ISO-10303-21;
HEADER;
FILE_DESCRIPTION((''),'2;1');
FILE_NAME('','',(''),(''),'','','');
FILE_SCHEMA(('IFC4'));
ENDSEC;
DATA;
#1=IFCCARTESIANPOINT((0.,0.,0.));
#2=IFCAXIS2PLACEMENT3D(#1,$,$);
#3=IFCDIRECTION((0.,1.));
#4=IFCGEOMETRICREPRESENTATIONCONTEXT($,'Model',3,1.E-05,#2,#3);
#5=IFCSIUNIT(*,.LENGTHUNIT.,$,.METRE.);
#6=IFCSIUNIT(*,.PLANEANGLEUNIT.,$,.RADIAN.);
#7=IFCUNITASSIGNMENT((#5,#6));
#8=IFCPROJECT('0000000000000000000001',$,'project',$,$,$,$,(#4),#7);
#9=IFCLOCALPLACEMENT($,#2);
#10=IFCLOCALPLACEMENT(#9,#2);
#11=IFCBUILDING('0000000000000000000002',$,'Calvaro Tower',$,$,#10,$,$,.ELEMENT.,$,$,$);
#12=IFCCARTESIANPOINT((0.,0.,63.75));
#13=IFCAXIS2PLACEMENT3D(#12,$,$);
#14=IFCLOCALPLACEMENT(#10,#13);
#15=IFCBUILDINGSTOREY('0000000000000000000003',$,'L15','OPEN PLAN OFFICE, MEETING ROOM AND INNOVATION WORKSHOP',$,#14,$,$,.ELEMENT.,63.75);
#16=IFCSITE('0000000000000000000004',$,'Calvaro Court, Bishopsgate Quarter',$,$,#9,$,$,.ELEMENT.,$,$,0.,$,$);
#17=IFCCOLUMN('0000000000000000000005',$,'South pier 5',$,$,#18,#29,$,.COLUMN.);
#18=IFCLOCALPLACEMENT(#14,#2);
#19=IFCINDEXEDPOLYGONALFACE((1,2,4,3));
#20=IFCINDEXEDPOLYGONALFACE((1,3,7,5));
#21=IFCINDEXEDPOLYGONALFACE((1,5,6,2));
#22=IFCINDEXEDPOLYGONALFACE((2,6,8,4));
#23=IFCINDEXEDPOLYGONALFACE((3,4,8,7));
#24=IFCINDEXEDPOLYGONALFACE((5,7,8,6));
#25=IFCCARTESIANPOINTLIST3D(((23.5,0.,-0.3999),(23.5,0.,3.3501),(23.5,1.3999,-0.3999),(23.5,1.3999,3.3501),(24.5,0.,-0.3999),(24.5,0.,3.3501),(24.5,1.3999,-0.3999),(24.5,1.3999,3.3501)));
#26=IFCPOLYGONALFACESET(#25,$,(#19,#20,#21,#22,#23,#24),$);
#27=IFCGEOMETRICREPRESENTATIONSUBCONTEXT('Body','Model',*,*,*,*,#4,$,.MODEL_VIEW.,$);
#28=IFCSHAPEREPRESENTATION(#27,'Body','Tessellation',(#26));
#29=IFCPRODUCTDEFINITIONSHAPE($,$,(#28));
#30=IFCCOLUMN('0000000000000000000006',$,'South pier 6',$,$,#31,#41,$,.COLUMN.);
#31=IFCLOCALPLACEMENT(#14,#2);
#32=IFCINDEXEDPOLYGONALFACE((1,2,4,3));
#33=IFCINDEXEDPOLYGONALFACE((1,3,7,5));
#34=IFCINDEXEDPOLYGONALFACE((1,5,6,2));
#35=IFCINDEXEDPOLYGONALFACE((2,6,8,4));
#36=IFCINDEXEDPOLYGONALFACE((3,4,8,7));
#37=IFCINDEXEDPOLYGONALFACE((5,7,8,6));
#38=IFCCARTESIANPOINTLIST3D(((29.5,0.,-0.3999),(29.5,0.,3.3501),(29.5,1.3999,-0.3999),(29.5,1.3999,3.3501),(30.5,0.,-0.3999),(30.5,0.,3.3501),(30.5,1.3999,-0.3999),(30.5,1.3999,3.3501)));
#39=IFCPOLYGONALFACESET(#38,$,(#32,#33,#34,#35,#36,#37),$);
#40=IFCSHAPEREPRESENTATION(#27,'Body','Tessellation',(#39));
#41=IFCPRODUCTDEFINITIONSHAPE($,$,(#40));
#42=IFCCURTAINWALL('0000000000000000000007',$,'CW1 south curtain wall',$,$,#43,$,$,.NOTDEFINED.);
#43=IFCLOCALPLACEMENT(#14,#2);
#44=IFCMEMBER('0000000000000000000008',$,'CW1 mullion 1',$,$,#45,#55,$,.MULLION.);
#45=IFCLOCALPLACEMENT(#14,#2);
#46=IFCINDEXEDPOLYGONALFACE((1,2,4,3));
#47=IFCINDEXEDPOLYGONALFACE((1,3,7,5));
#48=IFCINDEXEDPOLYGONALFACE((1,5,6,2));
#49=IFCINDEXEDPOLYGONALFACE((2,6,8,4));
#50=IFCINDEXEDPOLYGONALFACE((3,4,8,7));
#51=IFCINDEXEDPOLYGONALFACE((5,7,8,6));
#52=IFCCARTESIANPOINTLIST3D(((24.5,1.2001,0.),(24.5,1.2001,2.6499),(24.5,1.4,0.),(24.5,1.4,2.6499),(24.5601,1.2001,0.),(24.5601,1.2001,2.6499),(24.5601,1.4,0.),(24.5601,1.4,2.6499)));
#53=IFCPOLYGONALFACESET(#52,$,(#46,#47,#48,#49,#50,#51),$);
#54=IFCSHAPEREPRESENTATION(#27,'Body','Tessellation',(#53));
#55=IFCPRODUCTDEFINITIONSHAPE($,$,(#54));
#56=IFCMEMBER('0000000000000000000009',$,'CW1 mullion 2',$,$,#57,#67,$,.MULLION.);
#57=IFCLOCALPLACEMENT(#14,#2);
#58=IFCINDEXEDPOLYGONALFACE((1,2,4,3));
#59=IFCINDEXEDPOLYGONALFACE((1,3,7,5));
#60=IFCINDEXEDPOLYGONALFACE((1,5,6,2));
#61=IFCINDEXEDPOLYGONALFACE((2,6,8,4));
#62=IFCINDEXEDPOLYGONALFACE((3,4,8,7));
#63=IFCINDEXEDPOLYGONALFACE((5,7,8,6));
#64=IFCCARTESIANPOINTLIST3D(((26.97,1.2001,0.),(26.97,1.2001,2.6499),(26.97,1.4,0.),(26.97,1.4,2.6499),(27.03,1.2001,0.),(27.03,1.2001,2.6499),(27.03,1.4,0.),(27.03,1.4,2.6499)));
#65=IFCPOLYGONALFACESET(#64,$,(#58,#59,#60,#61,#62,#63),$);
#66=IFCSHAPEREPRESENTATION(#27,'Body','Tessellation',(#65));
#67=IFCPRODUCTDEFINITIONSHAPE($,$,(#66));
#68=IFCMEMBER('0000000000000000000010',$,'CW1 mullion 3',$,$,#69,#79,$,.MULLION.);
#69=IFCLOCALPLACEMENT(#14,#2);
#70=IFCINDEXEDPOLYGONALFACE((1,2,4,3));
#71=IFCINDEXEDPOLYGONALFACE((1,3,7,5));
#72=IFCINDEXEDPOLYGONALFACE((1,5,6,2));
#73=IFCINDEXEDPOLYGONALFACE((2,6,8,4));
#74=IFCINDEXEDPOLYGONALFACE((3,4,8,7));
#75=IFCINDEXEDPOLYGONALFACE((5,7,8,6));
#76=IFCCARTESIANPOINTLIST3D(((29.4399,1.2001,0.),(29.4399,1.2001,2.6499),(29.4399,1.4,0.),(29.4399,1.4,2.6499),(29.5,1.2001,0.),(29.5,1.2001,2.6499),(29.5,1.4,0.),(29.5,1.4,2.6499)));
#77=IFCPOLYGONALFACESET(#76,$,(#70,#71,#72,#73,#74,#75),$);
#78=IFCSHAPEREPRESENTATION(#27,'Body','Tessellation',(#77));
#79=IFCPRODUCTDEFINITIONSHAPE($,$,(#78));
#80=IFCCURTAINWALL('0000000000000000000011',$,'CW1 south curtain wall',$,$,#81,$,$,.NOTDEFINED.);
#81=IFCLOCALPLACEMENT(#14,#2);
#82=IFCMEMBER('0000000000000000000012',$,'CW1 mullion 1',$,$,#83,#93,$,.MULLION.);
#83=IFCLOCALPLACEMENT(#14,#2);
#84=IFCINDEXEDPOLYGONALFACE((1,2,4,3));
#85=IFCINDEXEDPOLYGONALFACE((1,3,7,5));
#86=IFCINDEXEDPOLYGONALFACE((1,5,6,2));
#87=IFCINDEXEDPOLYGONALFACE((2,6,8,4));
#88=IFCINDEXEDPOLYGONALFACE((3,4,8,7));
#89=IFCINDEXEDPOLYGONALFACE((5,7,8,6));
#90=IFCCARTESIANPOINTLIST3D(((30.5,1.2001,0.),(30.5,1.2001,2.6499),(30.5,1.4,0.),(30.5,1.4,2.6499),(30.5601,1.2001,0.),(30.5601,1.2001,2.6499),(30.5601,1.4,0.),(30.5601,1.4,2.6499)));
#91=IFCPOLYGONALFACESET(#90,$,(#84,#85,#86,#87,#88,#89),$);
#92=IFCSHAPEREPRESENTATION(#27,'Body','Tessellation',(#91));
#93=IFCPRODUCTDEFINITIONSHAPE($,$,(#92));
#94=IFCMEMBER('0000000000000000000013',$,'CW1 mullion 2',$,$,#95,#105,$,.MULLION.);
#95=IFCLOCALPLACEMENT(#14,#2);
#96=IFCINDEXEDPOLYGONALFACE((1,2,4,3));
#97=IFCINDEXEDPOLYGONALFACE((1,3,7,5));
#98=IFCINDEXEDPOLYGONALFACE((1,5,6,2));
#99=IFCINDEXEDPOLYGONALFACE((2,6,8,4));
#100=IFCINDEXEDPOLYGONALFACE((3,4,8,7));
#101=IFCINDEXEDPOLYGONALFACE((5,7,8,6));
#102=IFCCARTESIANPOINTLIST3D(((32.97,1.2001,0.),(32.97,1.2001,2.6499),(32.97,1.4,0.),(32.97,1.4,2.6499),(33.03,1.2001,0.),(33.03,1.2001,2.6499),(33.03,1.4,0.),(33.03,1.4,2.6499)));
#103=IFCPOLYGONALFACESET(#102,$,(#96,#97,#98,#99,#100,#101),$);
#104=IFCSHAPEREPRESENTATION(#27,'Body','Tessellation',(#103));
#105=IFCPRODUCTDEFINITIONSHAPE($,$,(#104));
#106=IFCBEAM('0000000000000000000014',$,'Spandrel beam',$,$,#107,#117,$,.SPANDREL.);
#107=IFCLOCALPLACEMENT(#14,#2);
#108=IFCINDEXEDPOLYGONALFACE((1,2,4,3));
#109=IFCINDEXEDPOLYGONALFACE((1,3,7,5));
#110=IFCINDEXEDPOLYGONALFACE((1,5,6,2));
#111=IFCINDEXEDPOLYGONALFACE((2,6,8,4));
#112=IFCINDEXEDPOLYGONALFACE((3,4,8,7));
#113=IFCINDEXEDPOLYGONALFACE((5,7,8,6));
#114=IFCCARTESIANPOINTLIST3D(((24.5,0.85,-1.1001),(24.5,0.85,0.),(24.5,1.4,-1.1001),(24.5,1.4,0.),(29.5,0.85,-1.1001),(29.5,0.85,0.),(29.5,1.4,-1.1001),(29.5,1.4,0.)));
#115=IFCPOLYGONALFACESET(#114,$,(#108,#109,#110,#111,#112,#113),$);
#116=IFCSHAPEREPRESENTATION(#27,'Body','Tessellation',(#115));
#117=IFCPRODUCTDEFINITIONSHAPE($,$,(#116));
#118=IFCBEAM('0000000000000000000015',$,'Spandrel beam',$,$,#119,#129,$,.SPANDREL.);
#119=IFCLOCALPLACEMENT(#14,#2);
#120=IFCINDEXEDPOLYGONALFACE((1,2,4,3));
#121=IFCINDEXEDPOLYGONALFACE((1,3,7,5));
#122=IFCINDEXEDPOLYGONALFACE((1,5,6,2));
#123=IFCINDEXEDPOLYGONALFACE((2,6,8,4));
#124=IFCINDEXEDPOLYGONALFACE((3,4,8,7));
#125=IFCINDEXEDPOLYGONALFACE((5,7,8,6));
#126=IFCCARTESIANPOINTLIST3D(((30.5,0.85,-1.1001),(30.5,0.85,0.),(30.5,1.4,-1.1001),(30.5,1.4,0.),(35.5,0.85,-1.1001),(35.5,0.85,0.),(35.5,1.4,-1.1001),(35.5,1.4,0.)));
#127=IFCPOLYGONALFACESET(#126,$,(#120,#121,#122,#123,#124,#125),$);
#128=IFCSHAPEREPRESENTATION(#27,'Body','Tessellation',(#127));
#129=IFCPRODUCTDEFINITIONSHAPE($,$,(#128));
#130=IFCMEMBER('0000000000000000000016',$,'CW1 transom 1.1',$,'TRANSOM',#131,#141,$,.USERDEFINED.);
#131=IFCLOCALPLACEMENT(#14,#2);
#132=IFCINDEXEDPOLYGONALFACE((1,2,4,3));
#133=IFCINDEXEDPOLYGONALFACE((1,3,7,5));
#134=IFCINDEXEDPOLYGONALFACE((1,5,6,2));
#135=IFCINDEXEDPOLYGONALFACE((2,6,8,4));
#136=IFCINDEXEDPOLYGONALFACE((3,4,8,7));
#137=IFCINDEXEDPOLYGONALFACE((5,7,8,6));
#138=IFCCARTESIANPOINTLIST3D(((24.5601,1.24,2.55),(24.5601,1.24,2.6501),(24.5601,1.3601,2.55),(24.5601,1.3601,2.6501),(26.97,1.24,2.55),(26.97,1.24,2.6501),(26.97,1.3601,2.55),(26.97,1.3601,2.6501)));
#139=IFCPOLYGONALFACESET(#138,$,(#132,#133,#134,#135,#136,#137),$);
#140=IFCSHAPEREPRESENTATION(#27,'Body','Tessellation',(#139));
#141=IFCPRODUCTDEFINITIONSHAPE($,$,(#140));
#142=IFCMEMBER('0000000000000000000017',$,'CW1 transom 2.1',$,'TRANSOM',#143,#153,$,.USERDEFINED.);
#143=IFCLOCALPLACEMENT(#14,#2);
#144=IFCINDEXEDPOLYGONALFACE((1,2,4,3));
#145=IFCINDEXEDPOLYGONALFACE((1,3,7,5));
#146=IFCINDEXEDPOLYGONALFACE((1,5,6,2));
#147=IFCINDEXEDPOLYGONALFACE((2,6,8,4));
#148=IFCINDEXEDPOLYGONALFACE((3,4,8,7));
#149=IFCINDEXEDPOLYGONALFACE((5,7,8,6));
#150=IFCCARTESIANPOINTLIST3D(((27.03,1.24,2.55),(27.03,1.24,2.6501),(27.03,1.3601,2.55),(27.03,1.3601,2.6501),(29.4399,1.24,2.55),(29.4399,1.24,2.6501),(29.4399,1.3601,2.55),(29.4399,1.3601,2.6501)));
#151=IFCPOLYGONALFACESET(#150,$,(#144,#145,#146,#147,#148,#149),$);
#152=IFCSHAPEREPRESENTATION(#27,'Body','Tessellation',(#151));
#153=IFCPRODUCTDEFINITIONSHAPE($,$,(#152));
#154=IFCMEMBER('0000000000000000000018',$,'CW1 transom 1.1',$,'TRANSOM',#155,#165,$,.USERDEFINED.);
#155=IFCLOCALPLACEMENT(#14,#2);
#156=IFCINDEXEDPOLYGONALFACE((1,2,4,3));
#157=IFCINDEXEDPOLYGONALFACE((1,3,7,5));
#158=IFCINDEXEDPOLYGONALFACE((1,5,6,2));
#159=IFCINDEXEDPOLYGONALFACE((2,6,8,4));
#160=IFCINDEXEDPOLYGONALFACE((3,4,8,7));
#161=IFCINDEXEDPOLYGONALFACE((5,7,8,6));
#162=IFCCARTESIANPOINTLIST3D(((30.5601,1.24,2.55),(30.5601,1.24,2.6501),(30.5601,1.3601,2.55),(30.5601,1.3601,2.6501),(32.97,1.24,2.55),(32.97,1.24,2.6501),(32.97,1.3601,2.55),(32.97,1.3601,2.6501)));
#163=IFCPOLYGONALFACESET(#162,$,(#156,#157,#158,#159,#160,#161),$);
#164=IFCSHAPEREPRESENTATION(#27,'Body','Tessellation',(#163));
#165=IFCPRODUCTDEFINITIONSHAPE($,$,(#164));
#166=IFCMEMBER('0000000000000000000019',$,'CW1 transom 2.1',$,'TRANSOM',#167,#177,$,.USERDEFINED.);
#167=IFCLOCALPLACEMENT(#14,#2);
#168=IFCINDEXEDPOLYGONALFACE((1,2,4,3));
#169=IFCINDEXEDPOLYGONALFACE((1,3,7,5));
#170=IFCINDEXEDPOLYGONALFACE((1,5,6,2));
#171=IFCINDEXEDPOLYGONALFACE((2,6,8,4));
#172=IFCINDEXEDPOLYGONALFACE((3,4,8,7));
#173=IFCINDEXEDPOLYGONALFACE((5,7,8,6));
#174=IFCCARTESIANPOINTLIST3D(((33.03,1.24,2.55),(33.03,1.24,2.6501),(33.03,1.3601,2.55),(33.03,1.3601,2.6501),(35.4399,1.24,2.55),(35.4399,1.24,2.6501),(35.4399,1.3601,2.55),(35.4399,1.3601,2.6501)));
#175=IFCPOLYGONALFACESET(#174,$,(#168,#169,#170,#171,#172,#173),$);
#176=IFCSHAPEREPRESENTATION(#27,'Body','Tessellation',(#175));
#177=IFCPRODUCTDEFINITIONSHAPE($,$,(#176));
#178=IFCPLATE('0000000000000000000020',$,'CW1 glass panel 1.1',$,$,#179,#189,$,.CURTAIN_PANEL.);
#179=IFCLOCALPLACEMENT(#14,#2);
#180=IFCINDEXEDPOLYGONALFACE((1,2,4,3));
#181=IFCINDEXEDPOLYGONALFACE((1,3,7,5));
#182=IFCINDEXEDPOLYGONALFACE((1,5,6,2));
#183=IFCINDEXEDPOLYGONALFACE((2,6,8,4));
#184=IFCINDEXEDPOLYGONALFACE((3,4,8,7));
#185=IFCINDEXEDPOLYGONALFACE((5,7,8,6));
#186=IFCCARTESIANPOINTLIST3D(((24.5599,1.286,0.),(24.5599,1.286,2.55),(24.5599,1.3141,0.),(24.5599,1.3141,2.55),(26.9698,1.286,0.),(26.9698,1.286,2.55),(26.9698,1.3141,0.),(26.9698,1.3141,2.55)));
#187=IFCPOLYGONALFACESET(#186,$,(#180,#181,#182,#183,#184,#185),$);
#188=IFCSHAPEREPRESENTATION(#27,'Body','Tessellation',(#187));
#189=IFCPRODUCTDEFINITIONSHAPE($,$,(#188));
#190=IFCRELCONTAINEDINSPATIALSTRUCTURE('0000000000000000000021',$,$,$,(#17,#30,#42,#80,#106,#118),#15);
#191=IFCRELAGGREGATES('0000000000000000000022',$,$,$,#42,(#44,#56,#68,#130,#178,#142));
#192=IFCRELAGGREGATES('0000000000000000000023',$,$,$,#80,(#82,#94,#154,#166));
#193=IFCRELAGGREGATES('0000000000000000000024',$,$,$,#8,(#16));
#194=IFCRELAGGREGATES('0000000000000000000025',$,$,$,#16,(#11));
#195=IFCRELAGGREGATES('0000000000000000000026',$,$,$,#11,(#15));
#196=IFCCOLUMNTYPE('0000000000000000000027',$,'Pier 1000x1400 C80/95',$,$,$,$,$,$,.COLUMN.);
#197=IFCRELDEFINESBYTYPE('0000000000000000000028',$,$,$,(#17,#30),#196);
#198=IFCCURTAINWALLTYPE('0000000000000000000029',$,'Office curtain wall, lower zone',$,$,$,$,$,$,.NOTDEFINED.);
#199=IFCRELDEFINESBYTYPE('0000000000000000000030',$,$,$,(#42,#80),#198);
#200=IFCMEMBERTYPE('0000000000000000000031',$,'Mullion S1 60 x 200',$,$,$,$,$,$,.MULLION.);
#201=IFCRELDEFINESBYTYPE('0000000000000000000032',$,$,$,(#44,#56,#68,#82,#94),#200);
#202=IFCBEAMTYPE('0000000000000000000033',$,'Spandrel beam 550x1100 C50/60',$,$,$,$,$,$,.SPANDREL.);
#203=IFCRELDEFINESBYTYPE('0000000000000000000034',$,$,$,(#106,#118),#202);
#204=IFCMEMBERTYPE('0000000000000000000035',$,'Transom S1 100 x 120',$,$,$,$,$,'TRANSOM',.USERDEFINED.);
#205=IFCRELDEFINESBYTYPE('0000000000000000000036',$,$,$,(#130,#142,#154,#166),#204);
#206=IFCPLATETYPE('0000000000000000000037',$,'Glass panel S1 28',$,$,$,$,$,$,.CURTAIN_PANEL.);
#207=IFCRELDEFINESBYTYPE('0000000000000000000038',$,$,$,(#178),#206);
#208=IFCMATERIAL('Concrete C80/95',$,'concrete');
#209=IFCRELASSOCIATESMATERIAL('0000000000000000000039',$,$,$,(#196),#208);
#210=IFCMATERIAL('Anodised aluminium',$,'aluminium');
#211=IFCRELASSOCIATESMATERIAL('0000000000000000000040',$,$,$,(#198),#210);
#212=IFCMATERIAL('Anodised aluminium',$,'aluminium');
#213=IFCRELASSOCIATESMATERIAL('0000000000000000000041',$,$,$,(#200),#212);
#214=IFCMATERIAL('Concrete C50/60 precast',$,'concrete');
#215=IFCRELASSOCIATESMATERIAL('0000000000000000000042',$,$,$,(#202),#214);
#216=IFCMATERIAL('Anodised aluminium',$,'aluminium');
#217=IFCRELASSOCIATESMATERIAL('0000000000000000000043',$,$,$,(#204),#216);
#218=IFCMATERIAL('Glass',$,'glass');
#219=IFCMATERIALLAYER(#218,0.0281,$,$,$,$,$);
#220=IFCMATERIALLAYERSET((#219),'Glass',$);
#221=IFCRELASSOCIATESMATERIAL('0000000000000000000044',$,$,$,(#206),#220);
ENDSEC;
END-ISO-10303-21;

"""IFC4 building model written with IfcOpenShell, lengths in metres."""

from ifc_helpers import new_model, si_unit, direction, frame, origin, origin_2d, place, context, subcontext, project, spatial, rectangle, extrude, material, layer, layer_set, material_profile, profile_set, type_object, element, aggregate, save


model = new_model("IFC4")

# Units and contexts
model_context = context("Model", 3, precision=1e-05, world=origin(), true_north=direction((0.0, 1.0)))
body_context = subcontext(model_context, "Body", "Model", "MODEL_VIEW")
ifc_project = project(units=[si_unit("LENGTHUNIT", "METRE"), si_unit("PLANEANGLEUNIT", "RADIAN")], contexts=[model_context])

# Site, building, storey
site_placement = place(None, origin())
site = spatial("IfcSite", under=ifc_project, at=site_placement, Name="Calvaro Court, Bishopsgate Quarter", CompositionType="ELEMENT", RefElevation=0.0)
building_placement = place(site_placement, origin())
building = spatial("IfcBuilding", under=site, at=building_placement, Name="Calvaro Tower", CompositionType="ELEMENT")
storey_placement = place(building_placement, frame((0.0, 0.0, 63.75)))
storey = spatial("IfcBuildingStorey", under=building, at=storey_placement, Name="L15", Description="OPEN PLAN OFFICE, MEETING ROOM AND INNOVATION WORKSHOP", CompositionType="ELEMENT", Elevation=63.75)

# Columns
ifc_material_1 = material(Name="Concrete C80/95", Category="concrete")
ifc_material_profile_1 = material_profile(ifc_material_1, rectangle(XDim=1.0, YDim=1.3999, at=origin_2d()), Name="RC 1000x1400")
ifc_profile_set_1 = profile_set([ifc_material_profile_1], Name="Concrete C80/95")
column_type = type_object("IfcColumnType", Name="Pier 1000x1400 C80/95", PredefinedType="COLUMN", material=ifc_profile_set_1)
for number, where, z_axis, x_axis, name in (
    (1, (24.0, 0.7, -0.3999), (0.0, 0.0, 1.0), (1.0, 0.0, 0.0), "South pier 5"),
    (2, (30.0, 0.7, -0.3999), (0.0, 0.0, 1.0), (1.0, 0.0, 0.0), "South pier 6"),
):
    element("IfcColumn", number, at=place(storey_placement, frame(where, z_axis=z_axis, x_axis=x_axis)), inside=storey, type_object=column_type, Name=name, PredefinedType="COLUMN", context=body_context, shape_type="SweptSolid", body=[
        extrude(rectangle(XDim=1.0, YDim=1.3999, at=origin_2d()), origin(), (0.0, 0.0, 1.0), 3.75),
    ])

# Curtain walls, members
ifc_material_2 = material(Name="Anodised aluminium", Category="aluminium")
curtain_wall_type = type_object("IfcCurtainWallType", Name="Office curtain wall, lower zone", PredefinedType="NOTDEFINED", material=ifc_material_2)
curtain_wall_1_placement = place(storey_placement, origin())
curtain_wall_1 = element("IfcCurtainWall", 3, at=curtain_wall_1_placement, inside=storey, type_object=curtain_wall_type, Name="CW1 south curtain wall", PredefinedType="NOTDEFINED")
ifc_material_3 = material(Name="Anodised aluminium", Category="aluminium")
ifc_material_profile_2 = material_profile(ifc_material_3, rectangle(XDim=0.2, YDim=0.0601, at=origin_2d()), Name="Mullion S1 60 x 200")
ifc_profile_set_2 = profile_set([ifc_material_profile_2], Name="Anodised aluminium")
member_type_1 = type_object("IfcMemberType", Name="Mullion S1 60 x 200", PredefinedType="MULLION", material=ifc_profile_set_2)
member_1_placement = place(storey_placement, frame((24.53, 1.3, 0.0), z_axis=(0.0, 0.0, 1.0), x_axis=(0.0, 1.0, 0.0)))
member_1 = element("IfcMember", 4, at=member_1_placement, type_object=member_type_1, Name="CW1 mullion 1", PredefinedType="MULLION", context=body_context, shape_type="SweptSolid", body=[
    extrude(rectangle(XDim=0.2, YDim=0.0601, at=origin_2d()), origin(), (0.0, 0.0, 1.0), 2.6499),
])
member_2_placement = place(storey_placement, frame((27.0, 1.3, 0.0), z_axis=(0.0, 0.0, 1.0), x_axis=(0.0, 1.0, 0.0)))
member_2 = element("IfcMember", 5, at=member_2_placement, type_object=member_type_1, Name="CW1 mullion 2", PredefinedType="MULLION", context=body_context, shape_type="SweptSolid", body=[
    extrude(rectangle(XDim=0.2, YDim=0.0601, at=origin_2d()), origin(), (0.0, 0.0, 1.0), 2.6499),
])
member_3_placement = place(storey_placement, frame((29.47, 1.3, 0.0), z_axis=(0.0, 0.0, 1.0), x_axis=(0.0, 1.0, 0.0)))
member_3 = element("IfcMember", 6, at=member_3_placement, type_object=member_type_1, Name="CW1 mullion 3", PredefinedType="MULLION", context=body_context, shape_type="SweptSolid", body=[
    extrude(rectangle(XDim=0.2, YDim=0.0601, at=origin_2d()), origin(), (0.0, 0.0, 1.0), 2.6499),
])
curtain_wall_2_placement = place(storey_placement, origin())
curtain_wall_2 = element("IfcCurtainWall", 7, at=curtain_wall_2_placement, inside=storey, type_object=curtain_wall_type, Name="CW1 south curtain wall", PredefinedType="NOTDEFINED")
member_4_placement = place(storey_placement, frame((30.53, 1.3, 0.0), z_axis=(0.0, 0.0, 1.0), x_axis=(0.0, 1.0, 0.0)))
member_4 = element("IfcMember", 8, at=member_4_placement, type_object=member_type_1, Name="CW1 mullion 1", PredefinedType="MULLION", context=body_context, shape_type="SweptSolid", body=[
    extrude(rectangle(XDim=0.2, YDim=0.0601, at=origin_2d()), origin(), (0.0, 0.0, 1.0), 2.6499),
])
member_5_placement = place(storey_placement, frame((33.0, 1.3, 0.0), z_axis=(0.0, 0.0, 1.0), x_axis=(0.0, 1.0, 0.0)))
member_5 = element("IfcMember", 9, at=member_5_placement, type_object=member_type_1, Name="CW1 mullion 2", PredefinedType="MULLION", context=body_context, shape_type="SweptSolid", body=[
    extrude(rectangle(XDim=0.2, YDim=0.0601, at=origin_2d()), origin(), (0.0, 0.0, 1.0), 2.6499),
])

# Beams
ifc_material_4 = material(Name="Concrete C50/60 precast", Category="concrete")
ifc_material_profile_3 = material_profile(ifc_material_4, rectangle(XDim=0.55, YDim=1.1001, at=origin_2d()), Name="RC 550x1100")
ifc_profile_set_3 = profile_set([ifc_material_profile_3], Name="Concrete C50/60 precast")
beam_type = type_object("IfcBeamType", Name="Spandrel beam 550x1100 C50/60", PredefinedType="SPANDREL", material=ifc_profile_set_3)
for number, where, z_axis, x_axis, name in (
    (10, (24.5, 1.125, -0.55), (1.0, 0.0, 0.0), (0.0, 1.0, 0.0), "Spandrel beam"),
    (11, (30.5, 1.125, -0.55), (1.0, 0.0, 0.0), (0.0, 1.0, 0.0), "Spandrel beam"),
):
    element("IfcBeam", number, at=place(storey_placement, frame(where, z_axis=z_axis, x_axis=x_axis)), inside=storey, type_object=beam_type, Name=name, PredefinedType="SPANDREL", context=body_context, shape_type="SweptSolid", body=[
        extrude(rectangle(XDim=0.55, YDim=1.1001, at=origin_2d()), origin(), (0.0, 0.0, 1.0), 5.0),
    ])

# Members
ifc_material_5 = material(Name="Anodised aluminium", Category="aluminium")
ifc_material_profile_4 = material_profile(ifc_material_5, rectangle(XDim=0.1201, YDim=0.1001, at=origin_2d()), Name="Transom S1 100 x 120")
ifc_profile_set_4 = profile_set([ifc_material_profile_4], Name="Anodised aluminium")
member_type_2 = type_object("IfcMemberType", Name="Transom S1 100 x 120", ElementType="TRANSOM", PredefinedType="USERDEFINED", material=ifc_profile_set_4)
member_6_placement = place(storey_placement, frame((24.5601, 1.3, 2.6001), z_axis=(1.0, 0.0, 0.0), x_axis=(0.0, 1.0, 0.0)))
member_6 = element("IfcMember", 12, at=member_6_placement, type_object=member_type_2, Name="CW1 transom 1.1", ObjectType="TRANSOM", PredefinedType="USERDEFINED", context=body_context, shape_type="SweptSolid", body=[
    extrude(rectangle(XDim=0.1201, YDim=0.1001, at=origin_2d()), origin(), (0.0, 0.0, 1.0), 2.4099),
])
member_7_placement = place(storey_placement, frame((27.03, 1.3, 2.6001), z_axis=(1.0, 0.0, 0.0), x_axis=(0.0, 1.0, 0.0)))
member_7 = element("IfcMember", 13, at=member_7_placement, type_object=member_type_2, Name="CW1 transom 2.1", ObjectType="TRANSOM", PredefinedType="USERDEFINED", context=body_context, shape_type="SweptSolid", body=[
    extrude(rectangle(XDim=0.1201, YDim=0.1001, at=origin_2d()), origin(), (0.0, 0.0, 1.0), 2.4099),
])
member_8_placement = place(storey_placement, frame((30.5601, 1.3, 2.6001), z_axis=(1.0, 0.0, 0.0), x_axis=(0.0, 1.0, 0.0)))
member_8 = element("IfcMember", 14, at=member_8_placement, type_object=member_type_2, Name="CW1 transom 1.1", ObjectType="TRANSOM", PredefinedType="USERDEFINED", context=body_context, shape_type="SweptSolid", body=[
    extrude(rectangle(XDim=0.1201, YDim=0.1001, at=origin_2d()), origin(), (0.0, 0.0, 1.0), 2.4099),
])
member_9_placement = place(storey_placement, frame((33.03, 1.3, 2.6001), z_axis=(1.0, 0.0, 0.0), x_axis=(0.0, 1.0, 0.0)))
member_9 = element("IfcMember", 15, at=member_9_placement, type_object=member_type_2, Name="CW1 transom 2.1", ObjectType="TRANSOM", PredefinedType="USERDEFINED", context=body_context, shape_type="SweptSolid", body=[
    extrude(rectangle(XDim=0.1201, YDim=0.1001, at=origin_2d()), origin(), (0.0, 0.0, 1.0), 2.4099),
])

# Plate
ifc_material_6 = material(Name="Glass", Category="glass")
ifc_layer = layer(ifc_material_6, 0.0281)
ifc_layer_set = layer_set([ifc_layer], Name="Glass")
plate_type = type_object("IfcPlateType", Name="Glass panel S1 28", PredefinedType="CURTAIN_PANEL", material=ifc_layer_set)
plate_1_placement = place(storey_placement, frame((25.7649, 1.3, 0.0), z_axis=(0.0, 0.0, 1.0), x_axis=(1.0, 0.0, 0.0)))
plate_1 = element("IfcPlate", 16, at=plate_1_placement, type_object=plate_type, Name="CW1 glass panel 1.1", PredefinedType="CURTAIN_PANEL", context=body_context, shape_type="SweptSolid", body=[
    extrude(rectangle(XDim=2.4099, YDim=0.0281, at=origin_2d()), origin(), (0.0, 0.0, 1.0), 2.55),
])
aggregate(curtain_wall_1, [member_1, member_2, member_3, member_6, plate_1, member_7])
aggregate(curtain_wall_2, [member_4, member_5, member_8, member_9])

save(model, "model.ifc")
